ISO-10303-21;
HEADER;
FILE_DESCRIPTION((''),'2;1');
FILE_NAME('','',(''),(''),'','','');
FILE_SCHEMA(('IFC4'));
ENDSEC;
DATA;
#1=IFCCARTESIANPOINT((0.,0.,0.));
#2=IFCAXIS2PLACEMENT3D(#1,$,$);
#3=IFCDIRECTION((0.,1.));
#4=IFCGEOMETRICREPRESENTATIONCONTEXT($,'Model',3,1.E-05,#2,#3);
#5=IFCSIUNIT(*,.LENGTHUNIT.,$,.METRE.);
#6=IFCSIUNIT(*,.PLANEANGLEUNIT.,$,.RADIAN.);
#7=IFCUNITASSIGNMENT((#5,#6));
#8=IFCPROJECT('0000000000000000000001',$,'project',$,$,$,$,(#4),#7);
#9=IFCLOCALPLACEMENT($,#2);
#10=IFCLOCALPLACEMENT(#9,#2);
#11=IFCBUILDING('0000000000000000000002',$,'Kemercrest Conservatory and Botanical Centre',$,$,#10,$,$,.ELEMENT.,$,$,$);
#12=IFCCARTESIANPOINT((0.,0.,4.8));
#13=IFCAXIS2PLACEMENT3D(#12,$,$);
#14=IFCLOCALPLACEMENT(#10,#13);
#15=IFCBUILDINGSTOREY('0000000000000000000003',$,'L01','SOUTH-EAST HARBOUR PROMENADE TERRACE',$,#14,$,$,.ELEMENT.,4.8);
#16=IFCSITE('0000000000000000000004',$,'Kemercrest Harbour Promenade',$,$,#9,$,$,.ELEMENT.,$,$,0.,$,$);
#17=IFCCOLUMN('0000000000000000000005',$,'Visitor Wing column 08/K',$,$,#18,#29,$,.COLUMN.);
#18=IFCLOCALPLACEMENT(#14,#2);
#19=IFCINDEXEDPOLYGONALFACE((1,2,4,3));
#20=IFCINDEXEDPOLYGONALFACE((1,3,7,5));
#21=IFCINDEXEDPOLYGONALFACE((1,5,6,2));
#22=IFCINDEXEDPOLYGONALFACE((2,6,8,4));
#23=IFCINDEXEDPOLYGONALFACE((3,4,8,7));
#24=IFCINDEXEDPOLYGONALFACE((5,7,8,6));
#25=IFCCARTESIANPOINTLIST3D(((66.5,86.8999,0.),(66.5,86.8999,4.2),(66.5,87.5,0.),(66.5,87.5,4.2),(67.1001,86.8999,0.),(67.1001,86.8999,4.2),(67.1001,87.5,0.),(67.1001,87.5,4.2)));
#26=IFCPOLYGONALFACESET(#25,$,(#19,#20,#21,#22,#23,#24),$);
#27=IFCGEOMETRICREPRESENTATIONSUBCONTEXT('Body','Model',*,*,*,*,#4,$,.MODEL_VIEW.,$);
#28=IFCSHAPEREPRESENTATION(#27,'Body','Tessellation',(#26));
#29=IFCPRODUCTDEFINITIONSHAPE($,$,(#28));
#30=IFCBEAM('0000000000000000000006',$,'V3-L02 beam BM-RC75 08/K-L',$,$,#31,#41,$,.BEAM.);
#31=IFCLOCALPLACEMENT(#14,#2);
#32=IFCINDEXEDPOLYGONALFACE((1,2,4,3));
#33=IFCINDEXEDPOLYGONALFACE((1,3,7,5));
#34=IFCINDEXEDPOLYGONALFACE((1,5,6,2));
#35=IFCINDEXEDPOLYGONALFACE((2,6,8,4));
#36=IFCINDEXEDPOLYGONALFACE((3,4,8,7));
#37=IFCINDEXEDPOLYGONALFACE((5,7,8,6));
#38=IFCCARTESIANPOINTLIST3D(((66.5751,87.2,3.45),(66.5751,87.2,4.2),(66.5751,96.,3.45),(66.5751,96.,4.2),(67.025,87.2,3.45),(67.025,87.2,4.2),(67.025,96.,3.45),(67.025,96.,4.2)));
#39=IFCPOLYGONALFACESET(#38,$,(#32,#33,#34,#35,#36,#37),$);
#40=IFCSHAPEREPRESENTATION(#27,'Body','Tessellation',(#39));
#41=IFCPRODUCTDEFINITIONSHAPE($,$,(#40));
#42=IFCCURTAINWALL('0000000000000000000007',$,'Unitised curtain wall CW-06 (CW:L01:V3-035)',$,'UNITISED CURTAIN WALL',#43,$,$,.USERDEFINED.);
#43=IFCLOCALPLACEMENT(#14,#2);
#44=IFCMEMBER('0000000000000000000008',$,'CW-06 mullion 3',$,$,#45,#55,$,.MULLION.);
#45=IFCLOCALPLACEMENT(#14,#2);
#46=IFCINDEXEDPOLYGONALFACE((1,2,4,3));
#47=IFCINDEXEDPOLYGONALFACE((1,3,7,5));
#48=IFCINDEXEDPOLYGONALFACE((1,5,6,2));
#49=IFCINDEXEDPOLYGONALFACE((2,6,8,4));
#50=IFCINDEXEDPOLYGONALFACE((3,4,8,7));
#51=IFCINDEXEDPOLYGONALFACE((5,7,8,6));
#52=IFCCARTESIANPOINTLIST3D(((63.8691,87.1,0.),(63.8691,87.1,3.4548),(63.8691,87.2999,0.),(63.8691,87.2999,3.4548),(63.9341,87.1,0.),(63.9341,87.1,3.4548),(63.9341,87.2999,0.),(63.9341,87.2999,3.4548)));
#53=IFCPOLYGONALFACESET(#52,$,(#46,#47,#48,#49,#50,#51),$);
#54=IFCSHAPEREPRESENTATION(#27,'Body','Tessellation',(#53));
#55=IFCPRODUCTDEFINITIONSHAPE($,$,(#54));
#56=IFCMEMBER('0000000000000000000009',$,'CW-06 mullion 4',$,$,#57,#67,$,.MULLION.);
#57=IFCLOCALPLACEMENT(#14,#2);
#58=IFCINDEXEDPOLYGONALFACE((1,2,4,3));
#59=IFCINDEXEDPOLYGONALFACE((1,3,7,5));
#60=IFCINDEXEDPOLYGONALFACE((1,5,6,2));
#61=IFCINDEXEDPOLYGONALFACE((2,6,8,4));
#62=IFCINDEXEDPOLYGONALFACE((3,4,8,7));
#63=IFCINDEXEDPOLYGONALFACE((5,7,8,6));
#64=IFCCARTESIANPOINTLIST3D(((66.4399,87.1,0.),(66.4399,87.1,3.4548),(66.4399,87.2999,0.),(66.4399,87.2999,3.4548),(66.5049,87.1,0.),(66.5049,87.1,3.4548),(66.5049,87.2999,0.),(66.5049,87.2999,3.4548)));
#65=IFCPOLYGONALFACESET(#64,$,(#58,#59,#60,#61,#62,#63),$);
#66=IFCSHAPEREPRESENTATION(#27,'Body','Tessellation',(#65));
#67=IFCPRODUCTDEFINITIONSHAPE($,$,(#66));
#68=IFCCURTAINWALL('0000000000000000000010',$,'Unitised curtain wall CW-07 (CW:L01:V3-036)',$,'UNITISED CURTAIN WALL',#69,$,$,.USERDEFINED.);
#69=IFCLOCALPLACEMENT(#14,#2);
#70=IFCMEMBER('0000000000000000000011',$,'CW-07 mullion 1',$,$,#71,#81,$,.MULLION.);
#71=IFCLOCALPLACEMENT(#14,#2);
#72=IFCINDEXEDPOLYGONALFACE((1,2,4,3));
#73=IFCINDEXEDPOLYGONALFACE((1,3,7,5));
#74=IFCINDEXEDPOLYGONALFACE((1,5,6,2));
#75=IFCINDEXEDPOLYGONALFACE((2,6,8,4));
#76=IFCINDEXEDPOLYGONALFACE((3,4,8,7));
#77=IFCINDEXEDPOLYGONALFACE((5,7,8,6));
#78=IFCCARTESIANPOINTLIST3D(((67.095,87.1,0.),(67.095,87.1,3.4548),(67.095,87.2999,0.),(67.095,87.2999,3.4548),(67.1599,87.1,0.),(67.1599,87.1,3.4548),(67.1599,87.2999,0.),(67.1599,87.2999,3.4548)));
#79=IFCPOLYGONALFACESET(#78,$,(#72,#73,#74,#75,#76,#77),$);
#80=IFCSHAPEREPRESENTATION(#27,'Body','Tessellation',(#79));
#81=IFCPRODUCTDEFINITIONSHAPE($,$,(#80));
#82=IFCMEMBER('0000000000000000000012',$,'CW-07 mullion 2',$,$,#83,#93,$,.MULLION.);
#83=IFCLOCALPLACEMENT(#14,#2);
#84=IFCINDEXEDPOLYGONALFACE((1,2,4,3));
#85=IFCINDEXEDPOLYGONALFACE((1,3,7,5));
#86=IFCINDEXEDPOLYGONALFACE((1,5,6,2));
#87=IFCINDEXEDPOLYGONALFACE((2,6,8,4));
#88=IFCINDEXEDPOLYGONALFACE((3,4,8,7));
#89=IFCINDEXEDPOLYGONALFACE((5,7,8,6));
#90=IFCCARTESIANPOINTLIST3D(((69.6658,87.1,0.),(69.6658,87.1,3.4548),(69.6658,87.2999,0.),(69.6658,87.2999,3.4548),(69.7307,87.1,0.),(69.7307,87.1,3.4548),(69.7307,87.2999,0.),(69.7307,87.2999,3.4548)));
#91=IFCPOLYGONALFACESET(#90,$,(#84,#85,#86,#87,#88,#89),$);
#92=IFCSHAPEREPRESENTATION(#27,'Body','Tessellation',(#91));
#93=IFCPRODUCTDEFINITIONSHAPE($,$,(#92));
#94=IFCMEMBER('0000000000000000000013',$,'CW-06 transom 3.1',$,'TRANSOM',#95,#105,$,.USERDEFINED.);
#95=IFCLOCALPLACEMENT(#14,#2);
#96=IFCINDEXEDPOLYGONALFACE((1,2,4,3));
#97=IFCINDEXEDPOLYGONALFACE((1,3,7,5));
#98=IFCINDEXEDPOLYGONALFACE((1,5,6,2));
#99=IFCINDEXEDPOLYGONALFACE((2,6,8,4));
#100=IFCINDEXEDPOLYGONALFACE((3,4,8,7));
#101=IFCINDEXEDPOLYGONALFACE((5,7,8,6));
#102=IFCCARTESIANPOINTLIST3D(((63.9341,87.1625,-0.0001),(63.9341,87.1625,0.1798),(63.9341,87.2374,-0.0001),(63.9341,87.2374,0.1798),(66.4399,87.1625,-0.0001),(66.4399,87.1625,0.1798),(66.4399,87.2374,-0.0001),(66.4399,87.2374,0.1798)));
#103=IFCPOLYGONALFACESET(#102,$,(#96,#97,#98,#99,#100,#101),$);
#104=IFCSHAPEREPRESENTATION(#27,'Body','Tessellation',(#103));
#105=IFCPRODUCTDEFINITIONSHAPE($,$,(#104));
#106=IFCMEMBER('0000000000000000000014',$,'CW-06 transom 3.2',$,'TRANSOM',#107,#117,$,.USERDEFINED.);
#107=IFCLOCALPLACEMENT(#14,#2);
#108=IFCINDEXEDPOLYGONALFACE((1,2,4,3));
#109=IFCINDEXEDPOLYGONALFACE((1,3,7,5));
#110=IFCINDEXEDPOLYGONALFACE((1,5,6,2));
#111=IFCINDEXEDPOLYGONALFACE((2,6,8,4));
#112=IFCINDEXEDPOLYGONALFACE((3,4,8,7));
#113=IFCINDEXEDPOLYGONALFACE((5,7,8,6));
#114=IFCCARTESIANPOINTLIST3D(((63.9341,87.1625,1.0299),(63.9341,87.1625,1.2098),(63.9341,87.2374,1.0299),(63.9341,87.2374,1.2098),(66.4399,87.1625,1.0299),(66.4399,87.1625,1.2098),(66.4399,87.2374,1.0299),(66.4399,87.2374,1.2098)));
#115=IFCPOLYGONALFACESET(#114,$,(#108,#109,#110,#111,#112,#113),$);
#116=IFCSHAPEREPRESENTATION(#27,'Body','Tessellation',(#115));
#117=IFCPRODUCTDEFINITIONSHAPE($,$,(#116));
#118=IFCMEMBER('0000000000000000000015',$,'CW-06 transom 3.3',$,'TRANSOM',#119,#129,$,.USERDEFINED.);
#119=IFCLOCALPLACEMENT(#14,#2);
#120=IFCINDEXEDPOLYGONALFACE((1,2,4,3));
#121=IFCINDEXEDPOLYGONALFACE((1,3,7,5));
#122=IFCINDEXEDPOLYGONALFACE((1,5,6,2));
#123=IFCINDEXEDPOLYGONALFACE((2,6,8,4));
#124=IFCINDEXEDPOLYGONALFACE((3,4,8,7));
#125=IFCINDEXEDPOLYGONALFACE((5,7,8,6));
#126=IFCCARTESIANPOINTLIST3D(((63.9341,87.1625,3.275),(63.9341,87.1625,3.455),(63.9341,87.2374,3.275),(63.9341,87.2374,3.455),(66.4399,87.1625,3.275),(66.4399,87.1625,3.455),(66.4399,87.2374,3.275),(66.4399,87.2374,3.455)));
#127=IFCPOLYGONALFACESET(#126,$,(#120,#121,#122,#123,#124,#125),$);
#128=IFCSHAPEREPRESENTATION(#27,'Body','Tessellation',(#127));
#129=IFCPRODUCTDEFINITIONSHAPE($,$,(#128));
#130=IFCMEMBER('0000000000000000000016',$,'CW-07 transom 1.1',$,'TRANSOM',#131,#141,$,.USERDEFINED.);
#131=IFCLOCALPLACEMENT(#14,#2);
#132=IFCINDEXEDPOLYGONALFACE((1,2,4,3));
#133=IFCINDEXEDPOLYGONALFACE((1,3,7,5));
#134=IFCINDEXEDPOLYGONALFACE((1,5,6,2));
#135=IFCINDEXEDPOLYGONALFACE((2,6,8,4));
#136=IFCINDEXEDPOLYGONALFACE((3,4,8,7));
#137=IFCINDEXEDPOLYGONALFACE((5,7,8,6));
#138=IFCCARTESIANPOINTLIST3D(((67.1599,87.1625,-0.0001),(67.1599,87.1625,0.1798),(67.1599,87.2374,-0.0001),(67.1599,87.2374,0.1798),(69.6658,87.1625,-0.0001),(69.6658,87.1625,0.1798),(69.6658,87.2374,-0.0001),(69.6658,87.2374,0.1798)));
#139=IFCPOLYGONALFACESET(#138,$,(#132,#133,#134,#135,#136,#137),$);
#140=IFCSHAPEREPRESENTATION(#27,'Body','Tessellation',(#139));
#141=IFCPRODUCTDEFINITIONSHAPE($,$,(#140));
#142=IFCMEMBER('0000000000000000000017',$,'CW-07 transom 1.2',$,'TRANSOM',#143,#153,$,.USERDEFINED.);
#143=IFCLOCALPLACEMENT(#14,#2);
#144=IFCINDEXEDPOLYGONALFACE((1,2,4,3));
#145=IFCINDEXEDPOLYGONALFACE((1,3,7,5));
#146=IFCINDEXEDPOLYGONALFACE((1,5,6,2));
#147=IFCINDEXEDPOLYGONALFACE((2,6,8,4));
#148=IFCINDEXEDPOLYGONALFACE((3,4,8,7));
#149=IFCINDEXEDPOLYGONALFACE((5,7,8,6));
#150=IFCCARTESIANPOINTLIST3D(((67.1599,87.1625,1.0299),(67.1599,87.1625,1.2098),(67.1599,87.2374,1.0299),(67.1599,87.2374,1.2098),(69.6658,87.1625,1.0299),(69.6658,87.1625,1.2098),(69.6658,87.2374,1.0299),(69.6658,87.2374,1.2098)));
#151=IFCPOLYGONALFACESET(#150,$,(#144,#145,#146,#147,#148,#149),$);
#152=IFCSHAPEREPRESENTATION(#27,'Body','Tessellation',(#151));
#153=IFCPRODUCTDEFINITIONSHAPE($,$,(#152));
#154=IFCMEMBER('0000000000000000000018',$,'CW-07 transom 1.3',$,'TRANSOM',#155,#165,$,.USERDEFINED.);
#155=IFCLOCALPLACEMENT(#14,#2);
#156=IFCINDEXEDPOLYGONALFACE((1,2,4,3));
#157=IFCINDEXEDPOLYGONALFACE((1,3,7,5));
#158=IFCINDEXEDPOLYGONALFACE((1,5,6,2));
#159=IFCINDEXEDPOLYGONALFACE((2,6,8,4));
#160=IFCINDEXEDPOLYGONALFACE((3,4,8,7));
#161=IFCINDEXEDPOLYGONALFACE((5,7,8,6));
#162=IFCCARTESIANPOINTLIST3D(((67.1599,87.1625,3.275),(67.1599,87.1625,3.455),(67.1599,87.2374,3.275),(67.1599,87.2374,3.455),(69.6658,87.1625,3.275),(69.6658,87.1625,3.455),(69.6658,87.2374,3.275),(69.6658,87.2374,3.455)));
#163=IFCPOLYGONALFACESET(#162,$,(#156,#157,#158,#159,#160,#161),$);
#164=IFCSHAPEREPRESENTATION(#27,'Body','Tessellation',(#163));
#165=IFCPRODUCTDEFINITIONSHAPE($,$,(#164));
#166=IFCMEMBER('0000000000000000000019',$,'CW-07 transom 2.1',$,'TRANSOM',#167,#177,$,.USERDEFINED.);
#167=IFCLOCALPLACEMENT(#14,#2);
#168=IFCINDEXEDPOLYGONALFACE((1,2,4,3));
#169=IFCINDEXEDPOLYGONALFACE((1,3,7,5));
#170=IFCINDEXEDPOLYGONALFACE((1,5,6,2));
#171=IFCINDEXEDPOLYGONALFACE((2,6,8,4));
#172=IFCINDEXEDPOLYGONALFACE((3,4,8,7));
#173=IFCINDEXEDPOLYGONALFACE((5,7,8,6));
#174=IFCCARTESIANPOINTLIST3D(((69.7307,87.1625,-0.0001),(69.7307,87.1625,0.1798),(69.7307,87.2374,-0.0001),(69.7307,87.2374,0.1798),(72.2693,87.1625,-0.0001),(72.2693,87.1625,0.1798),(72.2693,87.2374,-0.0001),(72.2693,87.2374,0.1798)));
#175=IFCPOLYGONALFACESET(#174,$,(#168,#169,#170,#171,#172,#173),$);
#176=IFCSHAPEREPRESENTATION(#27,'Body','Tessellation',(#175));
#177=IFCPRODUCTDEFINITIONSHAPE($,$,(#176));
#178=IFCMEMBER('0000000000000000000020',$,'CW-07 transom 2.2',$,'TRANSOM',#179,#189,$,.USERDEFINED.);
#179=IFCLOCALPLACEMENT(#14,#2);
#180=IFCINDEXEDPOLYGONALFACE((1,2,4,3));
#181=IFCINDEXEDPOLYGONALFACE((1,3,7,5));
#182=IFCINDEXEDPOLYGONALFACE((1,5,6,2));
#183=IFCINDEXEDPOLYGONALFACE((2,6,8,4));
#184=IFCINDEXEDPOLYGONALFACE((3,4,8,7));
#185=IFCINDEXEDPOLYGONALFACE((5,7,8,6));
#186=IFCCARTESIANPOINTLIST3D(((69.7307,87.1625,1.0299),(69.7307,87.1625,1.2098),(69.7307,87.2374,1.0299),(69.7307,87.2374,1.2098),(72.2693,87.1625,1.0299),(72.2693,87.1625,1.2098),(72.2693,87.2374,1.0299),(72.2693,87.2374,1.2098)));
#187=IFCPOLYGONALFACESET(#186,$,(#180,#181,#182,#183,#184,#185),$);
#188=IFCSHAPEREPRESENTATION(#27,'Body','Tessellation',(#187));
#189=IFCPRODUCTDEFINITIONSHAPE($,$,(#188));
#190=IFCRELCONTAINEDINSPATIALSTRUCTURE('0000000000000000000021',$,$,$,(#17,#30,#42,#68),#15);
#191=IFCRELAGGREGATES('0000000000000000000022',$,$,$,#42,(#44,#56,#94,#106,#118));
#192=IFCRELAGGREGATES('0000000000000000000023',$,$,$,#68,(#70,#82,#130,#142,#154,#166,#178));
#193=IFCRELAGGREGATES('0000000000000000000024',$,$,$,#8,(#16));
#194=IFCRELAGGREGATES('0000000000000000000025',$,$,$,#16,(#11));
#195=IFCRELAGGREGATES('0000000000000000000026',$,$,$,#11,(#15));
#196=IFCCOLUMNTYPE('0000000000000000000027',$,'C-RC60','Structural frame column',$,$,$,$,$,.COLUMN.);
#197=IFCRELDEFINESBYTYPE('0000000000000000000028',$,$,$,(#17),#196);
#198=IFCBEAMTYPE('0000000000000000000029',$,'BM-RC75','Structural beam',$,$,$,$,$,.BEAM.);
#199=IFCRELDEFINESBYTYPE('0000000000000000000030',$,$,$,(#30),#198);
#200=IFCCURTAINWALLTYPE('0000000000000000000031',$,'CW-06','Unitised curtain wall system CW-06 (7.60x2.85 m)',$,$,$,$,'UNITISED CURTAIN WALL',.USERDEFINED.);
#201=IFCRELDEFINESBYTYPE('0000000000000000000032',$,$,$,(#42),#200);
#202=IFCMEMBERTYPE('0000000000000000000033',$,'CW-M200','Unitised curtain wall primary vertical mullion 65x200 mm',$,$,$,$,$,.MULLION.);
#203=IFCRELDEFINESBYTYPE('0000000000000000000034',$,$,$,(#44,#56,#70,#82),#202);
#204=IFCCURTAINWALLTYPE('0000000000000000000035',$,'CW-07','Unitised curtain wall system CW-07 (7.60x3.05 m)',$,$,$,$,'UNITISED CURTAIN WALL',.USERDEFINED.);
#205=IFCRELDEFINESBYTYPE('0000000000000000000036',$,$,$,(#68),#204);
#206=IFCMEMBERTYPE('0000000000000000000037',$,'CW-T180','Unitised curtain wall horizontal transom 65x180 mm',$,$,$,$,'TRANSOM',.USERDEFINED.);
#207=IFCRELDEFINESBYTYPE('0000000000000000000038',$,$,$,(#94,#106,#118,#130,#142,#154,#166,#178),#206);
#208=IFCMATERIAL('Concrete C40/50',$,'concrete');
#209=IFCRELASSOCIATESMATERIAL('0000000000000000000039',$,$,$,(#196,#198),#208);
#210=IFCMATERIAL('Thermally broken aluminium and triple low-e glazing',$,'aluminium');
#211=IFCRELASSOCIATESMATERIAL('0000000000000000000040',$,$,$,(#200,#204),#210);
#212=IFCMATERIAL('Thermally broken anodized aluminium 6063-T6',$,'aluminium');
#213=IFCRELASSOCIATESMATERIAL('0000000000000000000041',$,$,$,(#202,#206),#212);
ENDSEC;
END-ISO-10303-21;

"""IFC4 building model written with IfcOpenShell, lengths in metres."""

from ifc_helpers import new_model, si_unit, direction, frame, origin, origin_2d, place, context, subcontext, project, spatial, rectangle, extrude, material, material_profile, profile_set, type_object, element, aggregate, save


model = new_model("IFC4")

# Units and contexts
model_context = context("Model", 3, precision=1e-05, world=origin(), true_north=direction((0.0, 1.0)))
body_context = subcontext(model_context, "Body", "Model", "MODEL_VIEW")
ifc_project = project(units=[si_unit("LENGTHUNIT", "METRE"), si_unit("PLANEANGLEUNIT", "RADIAN")], contexts=[model_context])

# Site, building, storey
site_placement = place(None, origin())
site = spatial("IfcSite", under=ifc_project, at=site_placement, Name="Kemercrest Harbour Promenade", CompositionType="ELEMENT", RefElevation=0.0)
building_placement = place(site_placement, origin())
building = spatial("IfcBuilding", under=site, at=building_placement, Name="Kemercrest Conservatory and Botanical Centre", CompositionType="ELEMENT")
storey_placement = place(building_placement, frame((0.0, 0.0, 4.8)))
storey = spatial("IfcBuildingStorey", under=building, at=storey_placement, Name="L01", Description="SOUTH-EAST HARBOUR PROMENADE TERRACE", CompositionType="ELEMENT", Elevation=4.8)

# Column
ifc_material_1 = material(Name="Concrete C40/50", Category="concrete")
ifc_material_profile_1 = material_profile(ifc_material_1, rectangle(XDim=0.6001, YDim=0.6001, at=origin_2d()), Name="RC 600x600")
ifc_profile_set_1 = profile_set([ifc_material_profile_1], Name="Concrete C40/50")
column_type = type_object("IfcColumnType", Name="C-RC60", Description="Structural frame column", PredefinedType="COLUMN", material=ifc_profile_set_1)
column_placement = place(storey_placement, frame((66.8, 87.2, 0.0), z_axis=(0.0, 0.0, 1.0), x_axis=(1.0, 0.0, 0.0)))
element("IfcColumn", 1, at=column_placement, inside=storey, type_object=column_type, Name="Visitor Wing column 08/K", PredefinedType="COLUMN", context=body_context, shape_type="SweptSolid", body=[
    extrude(rectangle(XDim=0.6001, YDim=0.6001, at=origin_2d()), origin(), (0.0, 0.0, 1.0), 4.2),
])

# Beam
ifc_material_profile_2 = material_profile(ifc_material_1, rectangle(XDim=0.45, YDim=0.75, at=origin_2d()), Name="RC 450x750")
ifc_profile_set_2 = profile_set([ifc_material_profile_2], Name="Concrete C40/50")
beam_type_1 = type_object("IfcBeamType", Name="BM-RC75", Description="Structural beam", PredefinedType="BEAM", material=ifc_profile_set_2)
beam_1_placement = place(storey_placement, frame((66.8, 87.2, 3.825), z_axis=(0.0, 1.0, 0.0), x_axis=(-1.0, 0.0, 0.0)))
element("IfcBeam", 2, at=beam_1_placement, inside=storey, type_object=beam_type_1, Name="V3-L02 beam BM-RC75 08/K-L", PredefinedType="BEAM", context=body_context, shape_type="SweptSolid", body=[
    extrude(rectangle(XDim=0.45, YDim=0.75, at=origin_2d()), origin(), (0.0, 0.0, 1.0), 8.8),
])

# Curtain walls, members
ifc_material_2 = material(Name="Thermally broken aluminium and triple low-e glazing", Category="aluminium")
curtain_wall_type_1 = type_object("IfcCurtainWallType", Name="CW-06", Description="Unitised curtain wall system CW-06 (7.60x2.85 m)", ElementType="UNITISED CURTAIN WALL", PredefinedType="USERDEFINED", material=ifc_material_2)
curtain_wall_1_placement = place(storey_placement, origin())
curtain_wall_1 = element("IfcCurtainWall", 3, at=curtain_wall_1_placement, inside=storey, type_object=curtain_wall_type_1, Name="Unitised curtain wall CW-06 (CW:L01:V3-035)", ObjectType="UNITISED CURTAIN WALL", PredefinedType="USERDEFINED")
ifc_material_3 = material(Name="Thermally broken anodized aluminium 6063-T6", Category="aluminium")
ifc_material_profile_3 = material_profile(ifc_material_3, rectangle(XDim=0.2, YDim=0.0649, at=origin_2d()), Name="AL MULLION 65x200")
ifc_profile_set_3 = profile_set([ifc_material_profile_3], Name="Thermally broken anodized aluminium 6063-T6")
member_type_1 = type_object("IfcMemberType", Name="CW-M200", Description="Unitised curtain wall primary vertical mullion 65x200 mm", PredefinedType="MULLION", material=ifc_profile_set_3)
member_1_placement = place(storey_placement, frame((63.9016, 87.2, 0.0), z_axis=(0.0, 0.0, 1.0), x_axis=(0.0, 1.0, 0.0)))
member_1 = element("IfcMember", 4, at=member_1_placement, type_object=member_type_1, Name="CW-06 mullion 3", PredefinedType="MULLION", context=body_context, shape_type="SweptSolid", body=[
    extrude(rectangle(XDim=0.2, YDim=0.0649, at=origin_2d()), origin(), (0.0, 0.0, 1.0), 3.4548),
])
member_2_placement = place(storey_placement, frame((66.4724, 87.2, 0.0), z_axis=(0.0, 0.0, 1.0), x_axis=(0.0, 1.0, 0.0)))
member_2 = element("IfcMember", 5, at=member_2_placement, type_object=member_type_1, Name="CW-06 mullion 4", PredefinedType="MULLION", context=body_context, shape_type="SweptSolid", body=[
    extrude(rectangle(XDim=0.2, YDim=0.0649, at=origin_2d()), origin(), (0.0, 0.0, 1.0), 3.4548),
])
curtain_wall_type_2 = type_object("IfcCurtainWallType", Name="CW-07", Description="Unitised curtain wall system CW-07 (7.60x3.05 m)", ElementType="UNITISED CURTAIN WALL", PredefinedType="USERDEFINED", material=ifc_material_2)
curtain_wall_2_placement = place(storey_placement, origin())
curtain_wall_2 = element("IfcCurtainWall", 6, at=curtain_wall_2_placement, inside=storey, type_object=curtain_wall_type_2, Name="Unitised curtain wall CW-07 (CW:L01:V3-036)", ObjectType="UNITISED CURTAIN WALL", PredefinedType="USERDEFINED")
member_3_placement = place(storey_placement, frame((67.1274, 87.2, 0.0), z_axis=(0.0, 0.0, 1.0), x_axis=(0.0, 1.0, 0.0)))
member_3 = element("IfcMember", 7, at=member_3_placement, type_object=member_type_1, Name="CW-07 mullion 1", PredefinedType="MULLION", context=body_context, shape_type="SweptSolid", body=[
    extrude(rectangle(XDim=0.2, YDim=0.0649, at=origin_2d()), origin(), (0.0, 0.0, 1.0), 3.4548),
])
member_4_placement = place(storey_placement, frame((69.6982, 87.2, 0.0), z_axis=(0.0, 0.0, 1.0), x_axis=(0.0, 1.0, 0.0)))
member_4 = element("IfcMember", 8, at=member_4_placement, type_object=member_type_1, Name="CW-07 mullion 2", PredefinedType="MULLION", context=body_context, shape_type="SweptSolid", body=[
    extrude(rectangle(XDim=0.2, YDim=0.0649, at=origin_2d()), origin(), (0.0, 0.0, 1.0), 3.4548),
])

# Members
ifc_material_profile_4 = material_profile(ifc_material_3, rectangle(XDim=0.075, YDim=0.1799, at=origin_2d()), Name="AL TRANSOM 75x180")
ifc_profile_set_4 = profile_set([ifc_material_profile_4], Name="Thermally broken anodized aluminium 6063-T6")
member_type_2 = type_object("IfcMemberType", Name="CW-T180", Description="Unitised curtain wall horizontal transom 65x180 mm", ElementType="TRANSOM", PredefinedType="USERDEFINED", material=ifc_profile_set_4)
member_5_placement = place(storey_placement, frame((63.9341, 87.2, 0.0898), z_axis=(1.0, 0.0, 0.0), x_axis=(0.0, 1.0, 0.0)))
member_5 = element("IfcMember", 9, at=member_5_placement, type_object=member_type_2, Name="CW-06 transom 3.1", ObjectType="TRANSOM", PredefinedType="USERDEFINED", context=body_context, shape_type="SweptSolid", body=[
    extrude(rectangle(XDim=0.075, YDim=0.1799, at=origin_2d()), origin(), (0.0, 0.0, 1.0), 2.5059),
])
member_6_placement = place(storey_placement, frame((63.9341, 87.2, 1.1199), z_axis=(1.0, 0.0, 0.0), x_axis=(0.0, 1.0, 0.0)))
member_6 = element("IfcMember", 10, at=member_6_placement, type_object=member_type_2, Name="CW-06 transom 3.2", ObjectType="TRANSOM", PredefinedType="USERDEFINED", context=body_context, shape_type="SweptSolid", body=[
    extrude(rectangle(XDim=0.075, YDim=0.1799, at=origin_2d()), origin(), (0.0, 0.0, 1.0), 2.5059),
])
member_7_placement = place(storey_placement, frame((63.9341, 87.2, 3.365), z_axis=(1.0, 0.0, 0.0), x_axis=(0.0, 1.0, 0.0)))
member_7 = element("IfcMember", 11, at=member_7_placement, type_object=member_type_2, Name="CW-06 transom 3.3", ObjectType="TRANSOM", PredefinedType="USERDEFINED", context=body_context, shape_type="SweptSolid", body=[
    extrude(rectangle(XDim=0.075, YDim=0.1799, at=origin_2d()), origin(), (0.0, 0.0, 1.0), 2.5059),
])
member_8_placement = place(storey_placement, frame((67.1599, 87.2, 0.0898), z_axis=(1.0, 0.0, 0.0), x_axis=(0.0, 1.0, 0.0)))
member_8 = element("IfcMember", 12, at=member_8_placement, type_object=member_type_2, Name="CW-07 transom 1.1", ObjectType="TRANSOM", PredefinedType="USERDEFINED", context=body_context, shape_type="SweptSolid", body=[
    extrude(rectangle(XDim=0.075, YDim=0.1799, at=origin_2d()), origin(), (0.0, 0.0, 1.0), 2.5059),
])
member_9_placement = place(storey_placement, frame((67.1599, 87.2, 1.1199), z_axis=(1.0, 0.0, 0.0), x_axis=(0.0, 1.0, 0.0)))
member_9 = element("IfcMember", 13, at=member_9_placement, type_object=member_type_2, Name="CW-07 transom 1.2", ObjectType="TRANSOM", PredefinedType="USERDEFINED", context=body_context, shape_type="SweptSolid", body=[
    extrude(rectangle(XDim=0.075, YDim=0.1799, at=origin_2d()), origin(), (0.0, 0.0, 1.0), 2.5059),
])
member_10_placement = place(storey_placement, frame((67.1599, 87.2, 3.365), z_axis=(1.0, 0.0, 0.0), x_axis=(0.0, 1.0, 0.0)))
member_10 = element("IfcMember", 14, at=member_10_placement, type_object=member_type_2, Name="CW-07 transom 1.3", ObjectType="TRANSOM", PredefinedType="USERDEFINED", context=body_context, shape_type="SweptSolid", body=[
    extrude(rectangle(XDim=0.075, YDim=0.1799, at=origin_2d()), origin(), (0.0, 0.0, 1.0), 2.5059),
])
member_11_placement = place(storey_placement, frame((69.7307, 87.2, 0.0898), z_axis=(1.0, 0.0, 0.0), x_axis=(0.0, 1.0, 0.0)))
member_11 = element("IfcMember", 15, at=member_11_placement, type_object=member_type_2, Name="CW-07 transom 2.1", ObjectType="TRANSOM", PredefinedType="USERDEFINED", context=body_context, shape_type="SweptSolid", body=[
    extrude(rectangle(XDim=0.075, YDim=0.1799, at=origin_2d()), origin(), (0.0, 0.0, 1.0), 2.5386),
])
member_12_placement = place(storey_placement, frame((69.7307, 87.2, 1.1199), z_axis=(1.0, 0.0, 0.0), x_axis=(0.0, 1.0, 0.0)))
member_12 = element("IfcMember", 16, at=member_12_placement, type_object=member_type_2, Name="CW-07 transom 2.2", ObjectType="TRANSOM", PredefinedType="USERDEFINED", context=body_context, shape_type="SweptSolid", body=[
    extrude(rectangle(XDim=0.075, YDim=0.1799, at=origin_2d()), origin(), (0.0, 0.0, 1.0), 2.5386),
])

aggregate(curtain_wall_1, [member_1, member_2, member_5, member_6, member_7])
aggregate(curtain_wall_2, [member_3, member_4, member_8, member_9, member_10, member_11, member_12])

save(model, "model.ifc")
